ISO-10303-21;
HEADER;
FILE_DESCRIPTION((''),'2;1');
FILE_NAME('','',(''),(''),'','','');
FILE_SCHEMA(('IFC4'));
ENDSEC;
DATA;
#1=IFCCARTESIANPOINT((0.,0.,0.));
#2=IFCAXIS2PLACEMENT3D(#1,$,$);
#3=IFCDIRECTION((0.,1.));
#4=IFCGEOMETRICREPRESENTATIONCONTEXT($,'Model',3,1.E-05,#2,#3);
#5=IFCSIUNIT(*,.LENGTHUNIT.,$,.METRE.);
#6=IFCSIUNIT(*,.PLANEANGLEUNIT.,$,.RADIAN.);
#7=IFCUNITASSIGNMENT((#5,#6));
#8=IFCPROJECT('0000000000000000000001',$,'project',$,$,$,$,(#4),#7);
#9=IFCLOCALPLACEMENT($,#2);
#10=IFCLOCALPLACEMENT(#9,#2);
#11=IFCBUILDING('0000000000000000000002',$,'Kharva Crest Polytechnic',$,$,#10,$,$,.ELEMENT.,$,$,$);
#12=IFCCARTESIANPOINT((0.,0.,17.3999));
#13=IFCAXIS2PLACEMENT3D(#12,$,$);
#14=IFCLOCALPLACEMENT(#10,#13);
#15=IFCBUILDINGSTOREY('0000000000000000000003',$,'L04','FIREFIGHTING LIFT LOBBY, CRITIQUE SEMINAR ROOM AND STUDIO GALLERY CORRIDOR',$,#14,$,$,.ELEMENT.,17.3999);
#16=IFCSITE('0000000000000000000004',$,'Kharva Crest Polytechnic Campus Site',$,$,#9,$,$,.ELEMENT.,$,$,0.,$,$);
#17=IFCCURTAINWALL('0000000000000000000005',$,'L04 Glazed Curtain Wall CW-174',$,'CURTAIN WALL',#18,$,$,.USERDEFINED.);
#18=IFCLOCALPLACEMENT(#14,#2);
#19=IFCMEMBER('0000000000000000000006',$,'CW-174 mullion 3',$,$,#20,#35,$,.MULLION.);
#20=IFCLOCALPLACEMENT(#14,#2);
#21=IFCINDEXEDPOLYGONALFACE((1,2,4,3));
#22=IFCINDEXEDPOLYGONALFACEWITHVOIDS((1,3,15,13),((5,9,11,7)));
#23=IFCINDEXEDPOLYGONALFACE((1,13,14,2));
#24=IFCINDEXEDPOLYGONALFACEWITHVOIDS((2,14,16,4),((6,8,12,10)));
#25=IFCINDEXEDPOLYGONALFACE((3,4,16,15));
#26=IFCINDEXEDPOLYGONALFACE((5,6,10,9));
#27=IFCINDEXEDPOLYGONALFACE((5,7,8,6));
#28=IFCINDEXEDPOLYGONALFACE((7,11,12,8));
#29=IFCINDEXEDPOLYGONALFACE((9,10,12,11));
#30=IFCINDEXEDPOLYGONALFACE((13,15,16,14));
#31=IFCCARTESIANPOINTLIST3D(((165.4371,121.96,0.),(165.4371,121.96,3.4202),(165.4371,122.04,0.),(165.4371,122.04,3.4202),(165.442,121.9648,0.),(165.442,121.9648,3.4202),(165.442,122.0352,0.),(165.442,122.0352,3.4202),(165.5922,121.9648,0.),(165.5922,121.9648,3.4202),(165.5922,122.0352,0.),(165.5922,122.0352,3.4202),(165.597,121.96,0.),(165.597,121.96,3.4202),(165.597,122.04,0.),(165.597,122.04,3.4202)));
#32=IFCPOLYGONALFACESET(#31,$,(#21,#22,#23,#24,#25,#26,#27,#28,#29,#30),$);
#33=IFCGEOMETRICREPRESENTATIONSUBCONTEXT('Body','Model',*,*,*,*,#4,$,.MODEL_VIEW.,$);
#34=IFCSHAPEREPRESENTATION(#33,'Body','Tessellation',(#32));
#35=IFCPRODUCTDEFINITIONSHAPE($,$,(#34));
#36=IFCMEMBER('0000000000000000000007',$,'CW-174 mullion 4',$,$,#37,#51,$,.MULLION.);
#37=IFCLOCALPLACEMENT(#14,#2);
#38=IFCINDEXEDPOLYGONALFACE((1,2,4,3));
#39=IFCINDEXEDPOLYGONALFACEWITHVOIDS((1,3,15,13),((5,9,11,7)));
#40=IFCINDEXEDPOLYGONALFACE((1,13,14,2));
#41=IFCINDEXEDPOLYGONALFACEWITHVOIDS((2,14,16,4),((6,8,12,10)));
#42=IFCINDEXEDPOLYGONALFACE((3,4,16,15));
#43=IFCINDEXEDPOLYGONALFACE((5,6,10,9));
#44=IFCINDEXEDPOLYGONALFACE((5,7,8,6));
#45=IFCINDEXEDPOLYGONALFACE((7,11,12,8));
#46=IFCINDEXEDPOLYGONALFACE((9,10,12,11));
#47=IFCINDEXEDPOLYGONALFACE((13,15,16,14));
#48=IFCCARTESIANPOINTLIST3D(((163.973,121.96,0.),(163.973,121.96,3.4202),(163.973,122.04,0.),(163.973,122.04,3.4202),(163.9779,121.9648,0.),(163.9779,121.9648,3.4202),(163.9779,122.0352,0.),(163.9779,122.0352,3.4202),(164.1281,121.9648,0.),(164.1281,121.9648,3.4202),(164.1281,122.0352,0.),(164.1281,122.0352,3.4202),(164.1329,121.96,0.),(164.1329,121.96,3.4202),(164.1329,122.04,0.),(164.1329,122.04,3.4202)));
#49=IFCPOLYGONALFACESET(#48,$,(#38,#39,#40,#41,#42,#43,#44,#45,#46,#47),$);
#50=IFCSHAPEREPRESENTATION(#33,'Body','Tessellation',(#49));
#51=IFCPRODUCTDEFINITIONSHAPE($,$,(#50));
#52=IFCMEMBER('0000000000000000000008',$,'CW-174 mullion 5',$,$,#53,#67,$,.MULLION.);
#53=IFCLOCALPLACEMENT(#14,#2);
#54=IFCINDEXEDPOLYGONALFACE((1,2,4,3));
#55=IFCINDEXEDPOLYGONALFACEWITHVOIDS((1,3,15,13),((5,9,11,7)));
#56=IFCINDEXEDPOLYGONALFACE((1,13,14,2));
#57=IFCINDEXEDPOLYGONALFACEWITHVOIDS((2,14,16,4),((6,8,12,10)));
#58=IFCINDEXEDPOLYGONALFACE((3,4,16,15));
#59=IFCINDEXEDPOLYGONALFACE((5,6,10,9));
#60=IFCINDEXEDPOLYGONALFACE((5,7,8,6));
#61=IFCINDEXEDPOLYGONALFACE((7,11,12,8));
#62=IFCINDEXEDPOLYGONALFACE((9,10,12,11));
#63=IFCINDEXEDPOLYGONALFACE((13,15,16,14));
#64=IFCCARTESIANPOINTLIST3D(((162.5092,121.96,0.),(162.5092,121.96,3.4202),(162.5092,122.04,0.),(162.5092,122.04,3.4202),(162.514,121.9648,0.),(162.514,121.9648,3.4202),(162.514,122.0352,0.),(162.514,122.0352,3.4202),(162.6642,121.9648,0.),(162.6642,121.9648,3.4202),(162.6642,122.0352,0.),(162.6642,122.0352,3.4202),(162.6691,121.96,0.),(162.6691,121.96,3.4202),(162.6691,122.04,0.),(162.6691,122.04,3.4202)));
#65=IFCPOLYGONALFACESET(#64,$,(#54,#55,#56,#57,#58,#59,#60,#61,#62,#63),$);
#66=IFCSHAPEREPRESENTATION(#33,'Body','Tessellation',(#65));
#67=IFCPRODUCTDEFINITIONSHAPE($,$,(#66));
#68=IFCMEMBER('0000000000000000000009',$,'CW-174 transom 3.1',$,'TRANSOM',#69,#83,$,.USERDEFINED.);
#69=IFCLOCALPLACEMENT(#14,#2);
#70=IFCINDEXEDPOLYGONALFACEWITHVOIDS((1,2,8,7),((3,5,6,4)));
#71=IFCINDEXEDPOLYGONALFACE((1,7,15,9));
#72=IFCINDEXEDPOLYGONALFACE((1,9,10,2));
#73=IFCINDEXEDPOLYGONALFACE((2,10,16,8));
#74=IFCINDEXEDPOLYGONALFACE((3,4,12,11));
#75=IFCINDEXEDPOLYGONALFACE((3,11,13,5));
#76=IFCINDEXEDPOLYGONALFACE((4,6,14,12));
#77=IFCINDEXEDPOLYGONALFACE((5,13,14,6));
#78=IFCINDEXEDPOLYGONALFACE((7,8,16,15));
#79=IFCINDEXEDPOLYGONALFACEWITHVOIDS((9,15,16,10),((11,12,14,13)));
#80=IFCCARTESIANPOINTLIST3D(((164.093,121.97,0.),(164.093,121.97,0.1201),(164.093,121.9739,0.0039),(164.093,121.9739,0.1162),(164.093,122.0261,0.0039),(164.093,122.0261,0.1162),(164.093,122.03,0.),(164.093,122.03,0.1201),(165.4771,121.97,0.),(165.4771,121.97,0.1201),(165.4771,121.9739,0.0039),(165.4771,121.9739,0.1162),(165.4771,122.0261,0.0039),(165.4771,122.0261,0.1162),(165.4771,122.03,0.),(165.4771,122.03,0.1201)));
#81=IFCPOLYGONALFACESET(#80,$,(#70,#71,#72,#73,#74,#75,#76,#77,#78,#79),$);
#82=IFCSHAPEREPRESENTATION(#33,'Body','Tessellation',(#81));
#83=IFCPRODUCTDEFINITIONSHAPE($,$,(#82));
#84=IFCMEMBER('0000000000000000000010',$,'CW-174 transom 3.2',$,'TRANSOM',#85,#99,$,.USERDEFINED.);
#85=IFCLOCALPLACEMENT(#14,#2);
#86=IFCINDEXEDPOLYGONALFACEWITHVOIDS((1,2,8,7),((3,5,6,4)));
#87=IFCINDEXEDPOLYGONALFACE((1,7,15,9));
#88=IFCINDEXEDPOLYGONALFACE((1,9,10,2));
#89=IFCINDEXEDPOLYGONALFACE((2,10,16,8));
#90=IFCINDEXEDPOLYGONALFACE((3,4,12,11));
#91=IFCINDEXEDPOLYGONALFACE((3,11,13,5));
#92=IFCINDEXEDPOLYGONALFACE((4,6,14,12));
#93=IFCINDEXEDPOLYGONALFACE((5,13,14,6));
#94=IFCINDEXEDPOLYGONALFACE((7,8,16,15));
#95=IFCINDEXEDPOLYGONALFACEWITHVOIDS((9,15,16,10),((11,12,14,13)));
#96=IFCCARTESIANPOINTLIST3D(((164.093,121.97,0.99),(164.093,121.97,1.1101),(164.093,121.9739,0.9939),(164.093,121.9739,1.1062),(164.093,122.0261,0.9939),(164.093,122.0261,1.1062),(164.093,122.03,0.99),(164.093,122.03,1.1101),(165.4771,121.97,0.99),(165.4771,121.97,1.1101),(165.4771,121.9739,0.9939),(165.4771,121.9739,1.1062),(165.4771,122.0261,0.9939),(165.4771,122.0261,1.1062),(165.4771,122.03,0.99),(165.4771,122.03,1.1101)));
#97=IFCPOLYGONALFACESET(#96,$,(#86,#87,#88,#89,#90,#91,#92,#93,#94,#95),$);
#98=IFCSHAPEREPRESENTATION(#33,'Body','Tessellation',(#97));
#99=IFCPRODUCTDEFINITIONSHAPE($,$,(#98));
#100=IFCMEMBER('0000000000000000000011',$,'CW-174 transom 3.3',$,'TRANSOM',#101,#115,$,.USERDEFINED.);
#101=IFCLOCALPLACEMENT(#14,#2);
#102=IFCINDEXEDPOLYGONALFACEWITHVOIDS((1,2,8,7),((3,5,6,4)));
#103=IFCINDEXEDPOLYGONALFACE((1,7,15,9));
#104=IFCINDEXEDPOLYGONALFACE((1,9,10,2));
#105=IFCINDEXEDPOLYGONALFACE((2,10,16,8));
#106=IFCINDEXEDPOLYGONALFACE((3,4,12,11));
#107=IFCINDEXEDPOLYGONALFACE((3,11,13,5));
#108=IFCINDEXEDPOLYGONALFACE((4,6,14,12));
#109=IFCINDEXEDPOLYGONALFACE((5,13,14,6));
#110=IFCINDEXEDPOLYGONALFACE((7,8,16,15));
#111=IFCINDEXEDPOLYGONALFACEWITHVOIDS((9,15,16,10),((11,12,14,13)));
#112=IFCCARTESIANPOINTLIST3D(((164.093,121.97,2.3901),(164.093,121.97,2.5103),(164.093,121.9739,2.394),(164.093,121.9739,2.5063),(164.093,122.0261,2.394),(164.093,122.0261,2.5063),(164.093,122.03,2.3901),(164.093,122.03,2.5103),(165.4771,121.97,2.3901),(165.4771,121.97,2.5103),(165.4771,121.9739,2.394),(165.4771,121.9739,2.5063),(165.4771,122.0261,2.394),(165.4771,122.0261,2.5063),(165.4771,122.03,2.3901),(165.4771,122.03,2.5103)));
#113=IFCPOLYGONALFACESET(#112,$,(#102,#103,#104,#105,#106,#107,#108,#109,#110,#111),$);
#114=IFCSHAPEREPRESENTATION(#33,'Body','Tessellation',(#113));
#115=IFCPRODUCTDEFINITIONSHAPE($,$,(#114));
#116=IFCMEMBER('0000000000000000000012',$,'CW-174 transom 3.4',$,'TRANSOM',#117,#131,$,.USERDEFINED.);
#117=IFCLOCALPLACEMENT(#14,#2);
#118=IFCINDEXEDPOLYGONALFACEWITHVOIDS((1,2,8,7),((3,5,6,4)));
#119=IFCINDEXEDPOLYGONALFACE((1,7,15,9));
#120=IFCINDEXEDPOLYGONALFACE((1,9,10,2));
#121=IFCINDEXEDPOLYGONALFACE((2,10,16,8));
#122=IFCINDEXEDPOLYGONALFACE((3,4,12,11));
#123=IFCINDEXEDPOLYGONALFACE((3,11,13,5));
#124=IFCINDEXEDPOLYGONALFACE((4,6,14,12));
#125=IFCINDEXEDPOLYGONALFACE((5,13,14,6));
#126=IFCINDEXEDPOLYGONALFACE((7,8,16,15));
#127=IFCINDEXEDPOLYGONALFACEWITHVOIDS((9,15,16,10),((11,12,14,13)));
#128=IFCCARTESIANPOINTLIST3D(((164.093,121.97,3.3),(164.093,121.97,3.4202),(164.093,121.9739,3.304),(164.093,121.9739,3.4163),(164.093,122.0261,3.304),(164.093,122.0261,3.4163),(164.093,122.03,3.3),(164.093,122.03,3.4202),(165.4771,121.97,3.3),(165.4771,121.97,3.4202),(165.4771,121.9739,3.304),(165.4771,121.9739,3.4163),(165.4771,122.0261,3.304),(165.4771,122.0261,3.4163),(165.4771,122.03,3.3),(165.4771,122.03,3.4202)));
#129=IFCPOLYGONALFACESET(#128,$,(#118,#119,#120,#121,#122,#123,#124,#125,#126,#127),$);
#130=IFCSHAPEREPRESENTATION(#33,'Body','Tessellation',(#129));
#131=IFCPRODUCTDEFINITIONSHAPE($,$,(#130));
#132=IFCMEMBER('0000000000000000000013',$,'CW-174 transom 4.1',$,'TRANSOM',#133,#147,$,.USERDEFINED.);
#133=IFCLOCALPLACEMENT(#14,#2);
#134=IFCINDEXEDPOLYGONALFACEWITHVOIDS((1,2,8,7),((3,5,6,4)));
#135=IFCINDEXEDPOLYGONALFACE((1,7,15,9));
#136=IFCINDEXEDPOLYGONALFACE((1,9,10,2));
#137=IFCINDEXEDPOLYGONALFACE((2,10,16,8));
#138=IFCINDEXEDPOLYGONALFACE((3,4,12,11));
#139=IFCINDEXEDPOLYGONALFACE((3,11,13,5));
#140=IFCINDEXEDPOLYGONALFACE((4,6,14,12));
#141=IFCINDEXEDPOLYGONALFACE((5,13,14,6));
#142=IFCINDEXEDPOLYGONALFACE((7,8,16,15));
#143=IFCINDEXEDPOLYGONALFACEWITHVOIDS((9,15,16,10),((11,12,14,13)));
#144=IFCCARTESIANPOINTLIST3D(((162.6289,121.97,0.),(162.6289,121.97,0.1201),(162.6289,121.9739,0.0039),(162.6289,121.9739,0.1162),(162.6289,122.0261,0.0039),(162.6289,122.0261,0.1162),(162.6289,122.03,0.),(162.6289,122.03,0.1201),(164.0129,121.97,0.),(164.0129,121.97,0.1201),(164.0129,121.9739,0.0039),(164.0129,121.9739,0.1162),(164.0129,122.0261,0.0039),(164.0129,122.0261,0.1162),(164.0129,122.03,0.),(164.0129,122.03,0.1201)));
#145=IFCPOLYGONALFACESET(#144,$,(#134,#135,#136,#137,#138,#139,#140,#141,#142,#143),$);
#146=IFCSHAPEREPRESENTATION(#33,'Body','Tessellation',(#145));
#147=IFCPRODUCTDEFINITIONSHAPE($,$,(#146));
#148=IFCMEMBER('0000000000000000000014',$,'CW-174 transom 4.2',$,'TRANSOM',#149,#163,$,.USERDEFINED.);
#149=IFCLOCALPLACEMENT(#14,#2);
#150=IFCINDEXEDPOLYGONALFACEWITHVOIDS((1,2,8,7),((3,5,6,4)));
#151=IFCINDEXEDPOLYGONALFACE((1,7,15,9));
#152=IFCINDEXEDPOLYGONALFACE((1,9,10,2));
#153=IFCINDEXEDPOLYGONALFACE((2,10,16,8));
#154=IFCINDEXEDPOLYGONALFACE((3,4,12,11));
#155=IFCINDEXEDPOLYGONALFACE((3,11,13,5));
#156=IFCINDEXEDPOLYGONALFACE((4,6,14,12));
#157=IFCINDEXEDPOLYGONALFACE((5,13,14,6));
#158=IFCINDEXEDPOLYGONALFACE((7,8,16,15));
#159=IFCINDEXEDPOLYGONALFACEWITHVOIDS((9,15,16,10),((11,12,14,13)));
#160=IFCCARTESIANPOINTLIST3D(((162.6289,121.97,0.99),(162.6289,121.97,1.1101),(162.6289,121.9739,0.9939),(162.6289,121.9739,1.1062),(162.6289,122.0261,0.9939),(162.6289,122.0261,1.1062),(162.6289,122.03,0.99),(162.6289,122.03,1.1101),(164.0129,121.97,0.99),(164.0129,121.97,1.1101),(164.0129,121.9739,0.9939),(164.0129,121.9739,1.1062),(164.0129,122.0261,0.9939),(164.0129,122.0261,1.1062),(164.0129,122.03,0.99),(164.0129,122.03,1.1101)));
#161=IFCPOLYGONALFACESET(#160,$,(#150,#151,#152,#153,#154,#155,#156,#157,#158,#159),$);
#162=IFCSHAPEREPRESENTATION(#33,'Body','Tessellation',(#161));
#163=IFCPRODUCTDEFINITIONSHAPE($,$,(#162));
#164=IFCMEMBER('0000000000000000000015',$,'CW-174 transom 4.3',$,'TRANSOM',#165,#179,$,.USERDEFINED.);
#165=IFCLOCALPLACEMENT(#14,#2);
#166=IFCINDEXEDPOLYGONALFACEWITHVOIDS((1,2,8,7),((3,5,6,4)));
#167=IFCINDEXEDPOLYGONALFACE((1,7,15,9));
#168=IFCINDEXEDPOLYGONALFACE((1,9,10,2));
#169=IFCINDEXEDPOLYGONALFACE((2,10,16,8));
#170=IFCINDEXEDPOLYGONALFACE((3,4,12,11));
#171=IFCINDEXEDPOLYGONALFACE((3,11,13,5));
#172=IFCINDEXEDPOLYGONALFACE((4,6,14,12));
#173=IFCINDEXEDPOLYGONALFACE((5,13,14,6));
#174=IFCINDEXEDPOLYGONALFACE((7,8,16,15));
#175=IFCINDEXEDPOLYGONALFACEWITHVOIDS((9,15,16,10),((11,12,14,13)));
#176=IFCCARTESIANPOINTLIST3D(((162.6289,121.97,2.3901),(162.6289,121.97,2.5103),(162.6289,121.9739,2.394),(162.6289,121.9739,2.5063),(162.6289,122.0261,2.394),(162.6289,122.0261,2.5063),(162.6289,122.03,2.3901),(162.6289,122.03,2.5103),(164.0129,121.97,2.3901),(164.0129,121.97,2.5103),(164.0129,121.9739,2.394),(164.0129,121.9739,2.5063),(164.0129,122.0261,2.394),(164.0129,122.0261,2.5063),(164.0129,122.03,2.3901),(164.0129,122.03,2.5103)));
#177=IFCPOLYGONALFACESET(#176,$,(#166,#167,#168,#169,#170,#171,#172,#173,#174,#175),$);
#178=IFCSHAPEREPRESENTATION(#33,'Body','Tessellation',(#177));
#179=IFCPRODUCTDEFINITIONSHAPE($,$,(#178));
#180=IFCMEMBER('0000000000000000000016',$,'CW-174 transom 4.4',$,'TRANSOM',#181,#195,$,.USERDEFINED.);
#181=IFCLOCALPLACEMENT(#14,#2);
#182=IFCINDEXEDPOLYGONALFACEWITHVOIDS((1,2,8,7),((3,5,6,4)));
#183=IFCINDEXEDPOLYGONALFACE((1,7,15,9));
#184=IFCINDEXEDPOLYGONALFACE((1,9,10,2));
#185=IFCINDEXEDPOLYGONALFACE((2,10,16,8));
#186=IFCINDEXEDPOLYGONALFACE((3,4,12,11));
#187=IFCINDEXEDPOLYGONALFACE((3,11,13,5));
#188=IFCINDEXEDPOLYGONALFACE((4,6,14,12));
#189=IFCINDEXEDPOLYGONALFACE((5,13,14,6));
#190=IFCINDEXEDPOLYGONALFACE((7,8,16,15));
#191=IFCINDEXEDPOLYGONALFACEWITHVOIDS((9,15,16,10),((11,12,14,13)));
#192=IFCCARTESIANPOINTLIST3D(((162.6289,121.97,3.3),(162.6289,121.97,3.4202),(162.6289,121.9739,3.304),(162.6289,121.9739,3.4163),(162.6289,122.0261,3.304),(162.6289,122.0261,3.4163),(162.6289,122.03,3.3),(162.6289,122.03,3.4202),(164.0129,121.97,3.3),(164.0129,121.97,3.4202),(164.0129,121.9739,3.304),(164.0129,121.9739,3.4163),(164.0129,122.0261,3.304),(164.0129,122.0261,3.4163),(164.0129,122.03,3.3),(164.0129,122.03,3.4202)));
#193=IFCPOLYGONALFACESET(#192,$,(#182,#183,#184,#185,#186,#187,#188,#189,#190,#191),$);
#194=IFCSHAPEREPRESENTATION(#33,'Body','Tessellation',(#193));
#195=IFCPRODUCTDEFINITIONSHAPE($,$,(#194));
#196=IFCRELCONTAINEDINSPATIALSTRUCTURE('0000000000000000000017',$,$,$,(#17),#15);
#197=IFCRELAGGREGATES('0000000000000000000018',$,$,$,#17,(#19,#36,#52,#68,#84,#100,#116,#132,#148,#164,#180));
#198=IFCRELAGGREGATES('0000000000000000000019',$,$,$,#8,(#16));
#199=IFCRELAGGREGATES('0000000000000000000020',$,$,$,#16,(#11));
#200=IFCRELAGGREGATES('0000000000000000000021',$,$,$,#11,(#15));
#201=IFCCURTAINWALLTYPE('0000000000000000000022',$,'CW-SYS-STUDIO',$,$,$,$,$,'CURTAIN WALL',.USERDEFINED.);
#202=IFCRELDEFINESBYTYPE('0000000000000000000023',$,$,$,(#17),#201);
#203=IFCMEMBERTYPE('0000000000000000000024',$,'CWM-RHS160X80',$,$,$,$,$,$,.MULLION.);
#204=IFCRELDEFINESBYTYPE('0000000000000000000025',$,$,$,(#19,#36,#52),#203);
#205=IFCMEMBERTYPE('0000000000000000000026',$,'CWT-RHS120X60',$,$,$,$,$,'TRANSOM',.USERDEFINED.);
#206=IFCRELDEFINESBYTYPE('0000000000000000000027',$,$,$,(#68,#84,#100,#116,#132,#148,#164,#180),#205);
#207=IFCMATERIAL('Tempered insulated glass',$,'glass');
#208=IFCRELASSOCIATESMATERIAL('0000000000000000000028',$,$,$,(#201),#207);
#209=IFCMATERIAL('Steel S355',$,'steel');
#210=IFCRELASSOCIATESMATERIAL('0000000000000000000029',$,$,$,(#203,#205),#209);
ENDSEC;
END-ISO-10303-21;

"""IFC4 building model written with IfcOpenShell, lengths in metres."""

from ifc_helpers import new_model, si_unit, direction, frame, origin, origin_2d, place, context, subcontext, project, spatial, hollow_rectangle, extrude, material, material_profile, profile_set, type_object, element, aggregate, save


model = new_model("IFC4")

# Units and contexts
model_context = context("Model", 3, precision=1e-05, world=origin(), true_north=direction((0.0, 1.0)))
body_context = subcontext(model_context, "Body", "Model", "MODEL_VIEW")
ifc_project = project(units=[si_unit("LENGTHUNIT", "METRE"), si_unit("PLANEANGLEUNIT", "RADIAN")], contexts=[model_context])

# Site, building, storey
site_placement = place(None, origin())
site = spatial("IfcSite", under=ifc_project, at=site_placement, Name="Kharva Crest Polytechnic Campus Site", CompositionType="ELEMENT", RefElevation=0.0)
building_placement = place(site_placement, origin())
building = spatial("IfcBuilding", under=site, at=building_placement, Name="Kharva Crest Polytechnic", CompositionType="ELEMENT")
storey_placement = place(building_placement, frame((0.0, 0.0, 17.3999)))
storey = spatial("IfcBuildingStorey", under=building, at=storey_placement, Name="L04", Description="FIREFIGHTING LIFT LOBBY, CRITIQUE SEMINAR ROOM AND STUDIO GALLERY CORRIDOR", CompositionType="ELEMENT", Elevation=17.3999)

# Curtain wall, members
ifc_material_1 = material(Name="Tempered insulated glass", Category="glass")
curtain_wall_type = type_object("IfcCurtainWallType", Name="CW-SYS-STUDIO", ElementType="CURTAIN WALL", PredefinedType="USERDEFINED", material=ifc_material_1)
curtain_wall_placement = place(storey_placement, origin())
curtain_wall = element("IfcCurtainWall", 1, at=curtain_wall_placement, inside=storey, type_object=curtain_wall_type, Name="L04 Glazed Curtain Wall CW-174", ObjectType="CURTAIN WALL", PredefinedType="USERDEFINED")
ifc_material_2 = material(Name="Steel S355", Category="steel")
ifc_material_profile_1 = material_profile(ifc_material_2, hollow_rectangle(XDim=0.0801, YDim=0.1599, WallThickness=0.0049, at=origin_2d()), Name="RHS 160X80X5.0")
ifc_profile_set_1 = profile_set([ifc_material_profile_1], Name="Steel S355")
member_type_1 = type_object("IfcMemberType", Name="CWM-RHS160X80", PredefinedType="MULLION", material=ifc_profile_set_1)
member_1_placement = place(storey_placement, frame((165.5171, 122.0, 0.0), z_axis=(0.0, 0.0, 1.0), x_axis=(0.0, -1.0, 0.0)))
member_1 = element("IfcMember", 2, at=member_1_placement, type_object=member_type_1, Name="CW-174 mullion 3", PredefinedType="MULLION", context=body_context, shape_type="SweptSolid", body=[
    extrude(hollow_rectangle(XDim=0.0801, YDim=0.1599, WallThickness=0.0049, at=origin_2d()), origin(), (0.0, 0.0, 1.0), 3.4202),
])
member_2_placement = place(storey_placement, frame((164.053, 122.0, 0.0), z_axis=(0.0, 0.0, 1.0), x_axis=(0.0, -1.0, 0.0)))
member_2 = element("IfcMember", 3, at=member_2_placement, type_object=member_type_1, Name="CW-174 mullion 4", PredefinedType="MULLION", context=body_context, shape_type="SweptSolid", body=[
    extrude(hollow_rectangle(XDim=0.0801, YDim=0.1599, WallThickness=0.0049, at=origin_2d()), origin(), (0.0, 0.0, 1.0), 3.4202),
])
member_3_placement = place(storey_placement, frame((162.5891, 122.0, 0.0), z_axis=(0.0, 0.0, 1.0), x_axis=(0.0, -1.0, 0.0)))
member_3 = element("IfcMember", 4, at=member_3_placement, type_object=member_type_1, Name="CW-174 mullion 5", PredefinedType="MULLION", context=body_context, shape_type="SweptSolid", body=[
    extrude(hollow_rectangle(XDim=0.0801, YDim=0.1599, WallThickness=0.0049, at=origin_2d()), origin(), (0.0, 0.0, 1.0), 3.4202),
])
ifc_material_profile_2 = material_profile(ifc_material_2, hollow_rectangle(XDim=0.0601, YDim=0.1201, WallThickness=0.0039, at=origin_2d()), Name="RHS 120X60X4.0")
ifc_profile_set_2 = profile_set([ifc_material_profile_2], Name="Steel S355")
member_type_2 = type_object("IfcMemberType", Name="CWT-RHS120X60", ElementType="TRANSOM", PredefinedType="USERDEFINED", material=ifc_profile_set_2)
member_4_placement = place(storey_placement, frame((165.4771, 122.0, 0.0601), z_axis=(-1.0, 0.0, 0.0), x_axis=(0.0, -1.0, 0.0)))
member_4 = element("IfcMember", 5, at=member_4_placement, type_object=member_type_2, Name="CW-174 transom 3.1", ObjectType="TRANSOM", PredefinedType="USERDEFINED", context=body_context, shape_type="SweptSolid", body=[
    extrude(hollow_rectangle(XDim=0.0601, YDim=0.1201, WallThickness=0.0039, at=origin_2d()), origin(), (0.0, 0.0, 1.0), 1.384),
])
member_5_placement = place(storey_placement, frame((165.4771, 122.0, 1.05), z_axis=(-1.0, 0.0, 0.0), x_axis=(0.0, -1.0, 0.0)))
member_5 = element("IfcMember", 6, at=member_5_placement, type_object=member_type_2, Name="CW-174 transom 3.2", ObjectType="TRANSOM", PredefinedType="USERDEFINED", context=body_context, shape_type="SweptSolid", body=[
    extrude(hollow_rectangle(XDim=0.0601, YDim=0.1201, WallThickness=0.0039, at=origin_2d()), origin(), (0.0, 0.0, 1.0), 1.384),
])
member_6_placement = place(storey_placement, frame((165.4771, 122.0, 2.4502), z_axis=(-1.0, 0.0, 0.0), x_axis=(0.0, -1.0, 0.0)))
member_6 = element("IfcMember", 7, at=member_6_placement, type_object=member_type_2, Name="CW-174 transom 3.3", ObjectType="TRANSOM", PredefinedType="USERDEFINED", context=body_context, shape_type="SweptSolid", body=[
    extrude(hollow_rectangle(XDim=0.0601, YDim=0.1201, WallThickness=0.0039, at=origin_2d()), origin(), (0.0, 0.0, 1.0), 1.384),
])
member_7_placement = place(storey_placement, frame((165.4771, 122.0, 3.3601), z_axis=(-1.0, 0.0, 0.0), x_axis=(0.0, -1.0, 0.0)))
member_7 = element("IfcMember", 8, at=member_7_placement, type_object=member_type_2, Name="CW-174 transom 3.4", ObjectType="TRANSOM", PredefinedType="USERDEFINED", context=body_context, shape_type="SweptSolid", body=[
    extrude(hollow_rectangle(XDim=0.0601, YDim=0.1201, WallThickness=0.0039, at=origin_2d()), origin(), (0.0, 0.0, 1.0), 1.384),
])
member_8_placement = place(storey_placement, frame((164.0129, 122.0, 0.0601), z_axis=(-1.0, 0.0, 0.0), x_axis=(0.0, -1.0, 0.0)))
member_8 = element("IfcMember", 9, at=member_8_placement, type_object=member_type_2, Name="CW-174 transom 4.1", ObjectType="TRANSOM", PredefinedType="USERDEFINED", context=body_context, shape_type="SweptSolid", body=[
    extrude(hollow_rectangle(XDim=0.0601, YDim=0.1201, WallThickness=0.0039, at=origin_2d()), origin(), (0.0, 0.0, 1.0), 1.384),
])
member_9_placement = place(storey_placement, frame((164.0129, 122.0, 1.05), z_axis=(-1.0, 0.0, 0.0), x_axis=(0.0, -1.0, 0.0)))
member_9 = element("IfcMember", 10, at=member_9_placement, type_object=member_type_2, Name="CW-174 transom 4.2", ObjectType="TRANSOM", PredefinedType="USERDEFINED", context=body_context, shape_type="SweptSolid", body=[
    extrude(hollow_rectangle(XDim=0.0601, YDim=0.1201, WallThickness=0.0039, at=origin_2d()), origin(), (0.0, 0.0, 1.0), 1.384),
])
member_10_placement = place(storey_placement, frame((164.0129, 122.0, 2.4502), z_axis=(-1.0, 0.0, 0.0), x_axis=(0.0, -1.0, 0.0)))
member_10 = element("IfcMember", 11, at=member_10_placement, type_object=member_type_2, Name="CW-174 transom 4.3", ObjectType="TRANSOM", PredefinedType="USERDEFINED", context=body_context, shape_type="SweptSolid", body=[
    extrude(hollow_rectangle(XDim=0.0601, YDim=0.1201, WallThickness=0.0039, at=origin_2d()), origin(), (0.0, 0.0, 1.0), 1.384),
])
member_11_placement = place(storey_placement, frame((164.0129, 122.0, 3.3601), z_axis=(-1.0, 0.0, 0.0), x_axis=(0.0, -1.0, 0.0)))
member_11 = element("IfcMember", 12, at=member_11_placement, type_object=member_type_2, Name="CW-174 transom 4.4", ObjectType="TRANSOM", PredefinedType="USERDEFINED", context=body_context, shape_type="SweptSolid", body=[
    extrude(hollow_rectangle(XDim=0.0601, YDim=0.1201, WallThickness=0.0039, at=origin_2d()), origin(), (0.0, 0.0, 1.0), 1.384),
])
aggregate(curtain_wall, [member_1, member_2, member_3, member_4, member_5, member_6, member_7, member_8, member_9, member_10, member_11])

save(model, "model.ifc")
